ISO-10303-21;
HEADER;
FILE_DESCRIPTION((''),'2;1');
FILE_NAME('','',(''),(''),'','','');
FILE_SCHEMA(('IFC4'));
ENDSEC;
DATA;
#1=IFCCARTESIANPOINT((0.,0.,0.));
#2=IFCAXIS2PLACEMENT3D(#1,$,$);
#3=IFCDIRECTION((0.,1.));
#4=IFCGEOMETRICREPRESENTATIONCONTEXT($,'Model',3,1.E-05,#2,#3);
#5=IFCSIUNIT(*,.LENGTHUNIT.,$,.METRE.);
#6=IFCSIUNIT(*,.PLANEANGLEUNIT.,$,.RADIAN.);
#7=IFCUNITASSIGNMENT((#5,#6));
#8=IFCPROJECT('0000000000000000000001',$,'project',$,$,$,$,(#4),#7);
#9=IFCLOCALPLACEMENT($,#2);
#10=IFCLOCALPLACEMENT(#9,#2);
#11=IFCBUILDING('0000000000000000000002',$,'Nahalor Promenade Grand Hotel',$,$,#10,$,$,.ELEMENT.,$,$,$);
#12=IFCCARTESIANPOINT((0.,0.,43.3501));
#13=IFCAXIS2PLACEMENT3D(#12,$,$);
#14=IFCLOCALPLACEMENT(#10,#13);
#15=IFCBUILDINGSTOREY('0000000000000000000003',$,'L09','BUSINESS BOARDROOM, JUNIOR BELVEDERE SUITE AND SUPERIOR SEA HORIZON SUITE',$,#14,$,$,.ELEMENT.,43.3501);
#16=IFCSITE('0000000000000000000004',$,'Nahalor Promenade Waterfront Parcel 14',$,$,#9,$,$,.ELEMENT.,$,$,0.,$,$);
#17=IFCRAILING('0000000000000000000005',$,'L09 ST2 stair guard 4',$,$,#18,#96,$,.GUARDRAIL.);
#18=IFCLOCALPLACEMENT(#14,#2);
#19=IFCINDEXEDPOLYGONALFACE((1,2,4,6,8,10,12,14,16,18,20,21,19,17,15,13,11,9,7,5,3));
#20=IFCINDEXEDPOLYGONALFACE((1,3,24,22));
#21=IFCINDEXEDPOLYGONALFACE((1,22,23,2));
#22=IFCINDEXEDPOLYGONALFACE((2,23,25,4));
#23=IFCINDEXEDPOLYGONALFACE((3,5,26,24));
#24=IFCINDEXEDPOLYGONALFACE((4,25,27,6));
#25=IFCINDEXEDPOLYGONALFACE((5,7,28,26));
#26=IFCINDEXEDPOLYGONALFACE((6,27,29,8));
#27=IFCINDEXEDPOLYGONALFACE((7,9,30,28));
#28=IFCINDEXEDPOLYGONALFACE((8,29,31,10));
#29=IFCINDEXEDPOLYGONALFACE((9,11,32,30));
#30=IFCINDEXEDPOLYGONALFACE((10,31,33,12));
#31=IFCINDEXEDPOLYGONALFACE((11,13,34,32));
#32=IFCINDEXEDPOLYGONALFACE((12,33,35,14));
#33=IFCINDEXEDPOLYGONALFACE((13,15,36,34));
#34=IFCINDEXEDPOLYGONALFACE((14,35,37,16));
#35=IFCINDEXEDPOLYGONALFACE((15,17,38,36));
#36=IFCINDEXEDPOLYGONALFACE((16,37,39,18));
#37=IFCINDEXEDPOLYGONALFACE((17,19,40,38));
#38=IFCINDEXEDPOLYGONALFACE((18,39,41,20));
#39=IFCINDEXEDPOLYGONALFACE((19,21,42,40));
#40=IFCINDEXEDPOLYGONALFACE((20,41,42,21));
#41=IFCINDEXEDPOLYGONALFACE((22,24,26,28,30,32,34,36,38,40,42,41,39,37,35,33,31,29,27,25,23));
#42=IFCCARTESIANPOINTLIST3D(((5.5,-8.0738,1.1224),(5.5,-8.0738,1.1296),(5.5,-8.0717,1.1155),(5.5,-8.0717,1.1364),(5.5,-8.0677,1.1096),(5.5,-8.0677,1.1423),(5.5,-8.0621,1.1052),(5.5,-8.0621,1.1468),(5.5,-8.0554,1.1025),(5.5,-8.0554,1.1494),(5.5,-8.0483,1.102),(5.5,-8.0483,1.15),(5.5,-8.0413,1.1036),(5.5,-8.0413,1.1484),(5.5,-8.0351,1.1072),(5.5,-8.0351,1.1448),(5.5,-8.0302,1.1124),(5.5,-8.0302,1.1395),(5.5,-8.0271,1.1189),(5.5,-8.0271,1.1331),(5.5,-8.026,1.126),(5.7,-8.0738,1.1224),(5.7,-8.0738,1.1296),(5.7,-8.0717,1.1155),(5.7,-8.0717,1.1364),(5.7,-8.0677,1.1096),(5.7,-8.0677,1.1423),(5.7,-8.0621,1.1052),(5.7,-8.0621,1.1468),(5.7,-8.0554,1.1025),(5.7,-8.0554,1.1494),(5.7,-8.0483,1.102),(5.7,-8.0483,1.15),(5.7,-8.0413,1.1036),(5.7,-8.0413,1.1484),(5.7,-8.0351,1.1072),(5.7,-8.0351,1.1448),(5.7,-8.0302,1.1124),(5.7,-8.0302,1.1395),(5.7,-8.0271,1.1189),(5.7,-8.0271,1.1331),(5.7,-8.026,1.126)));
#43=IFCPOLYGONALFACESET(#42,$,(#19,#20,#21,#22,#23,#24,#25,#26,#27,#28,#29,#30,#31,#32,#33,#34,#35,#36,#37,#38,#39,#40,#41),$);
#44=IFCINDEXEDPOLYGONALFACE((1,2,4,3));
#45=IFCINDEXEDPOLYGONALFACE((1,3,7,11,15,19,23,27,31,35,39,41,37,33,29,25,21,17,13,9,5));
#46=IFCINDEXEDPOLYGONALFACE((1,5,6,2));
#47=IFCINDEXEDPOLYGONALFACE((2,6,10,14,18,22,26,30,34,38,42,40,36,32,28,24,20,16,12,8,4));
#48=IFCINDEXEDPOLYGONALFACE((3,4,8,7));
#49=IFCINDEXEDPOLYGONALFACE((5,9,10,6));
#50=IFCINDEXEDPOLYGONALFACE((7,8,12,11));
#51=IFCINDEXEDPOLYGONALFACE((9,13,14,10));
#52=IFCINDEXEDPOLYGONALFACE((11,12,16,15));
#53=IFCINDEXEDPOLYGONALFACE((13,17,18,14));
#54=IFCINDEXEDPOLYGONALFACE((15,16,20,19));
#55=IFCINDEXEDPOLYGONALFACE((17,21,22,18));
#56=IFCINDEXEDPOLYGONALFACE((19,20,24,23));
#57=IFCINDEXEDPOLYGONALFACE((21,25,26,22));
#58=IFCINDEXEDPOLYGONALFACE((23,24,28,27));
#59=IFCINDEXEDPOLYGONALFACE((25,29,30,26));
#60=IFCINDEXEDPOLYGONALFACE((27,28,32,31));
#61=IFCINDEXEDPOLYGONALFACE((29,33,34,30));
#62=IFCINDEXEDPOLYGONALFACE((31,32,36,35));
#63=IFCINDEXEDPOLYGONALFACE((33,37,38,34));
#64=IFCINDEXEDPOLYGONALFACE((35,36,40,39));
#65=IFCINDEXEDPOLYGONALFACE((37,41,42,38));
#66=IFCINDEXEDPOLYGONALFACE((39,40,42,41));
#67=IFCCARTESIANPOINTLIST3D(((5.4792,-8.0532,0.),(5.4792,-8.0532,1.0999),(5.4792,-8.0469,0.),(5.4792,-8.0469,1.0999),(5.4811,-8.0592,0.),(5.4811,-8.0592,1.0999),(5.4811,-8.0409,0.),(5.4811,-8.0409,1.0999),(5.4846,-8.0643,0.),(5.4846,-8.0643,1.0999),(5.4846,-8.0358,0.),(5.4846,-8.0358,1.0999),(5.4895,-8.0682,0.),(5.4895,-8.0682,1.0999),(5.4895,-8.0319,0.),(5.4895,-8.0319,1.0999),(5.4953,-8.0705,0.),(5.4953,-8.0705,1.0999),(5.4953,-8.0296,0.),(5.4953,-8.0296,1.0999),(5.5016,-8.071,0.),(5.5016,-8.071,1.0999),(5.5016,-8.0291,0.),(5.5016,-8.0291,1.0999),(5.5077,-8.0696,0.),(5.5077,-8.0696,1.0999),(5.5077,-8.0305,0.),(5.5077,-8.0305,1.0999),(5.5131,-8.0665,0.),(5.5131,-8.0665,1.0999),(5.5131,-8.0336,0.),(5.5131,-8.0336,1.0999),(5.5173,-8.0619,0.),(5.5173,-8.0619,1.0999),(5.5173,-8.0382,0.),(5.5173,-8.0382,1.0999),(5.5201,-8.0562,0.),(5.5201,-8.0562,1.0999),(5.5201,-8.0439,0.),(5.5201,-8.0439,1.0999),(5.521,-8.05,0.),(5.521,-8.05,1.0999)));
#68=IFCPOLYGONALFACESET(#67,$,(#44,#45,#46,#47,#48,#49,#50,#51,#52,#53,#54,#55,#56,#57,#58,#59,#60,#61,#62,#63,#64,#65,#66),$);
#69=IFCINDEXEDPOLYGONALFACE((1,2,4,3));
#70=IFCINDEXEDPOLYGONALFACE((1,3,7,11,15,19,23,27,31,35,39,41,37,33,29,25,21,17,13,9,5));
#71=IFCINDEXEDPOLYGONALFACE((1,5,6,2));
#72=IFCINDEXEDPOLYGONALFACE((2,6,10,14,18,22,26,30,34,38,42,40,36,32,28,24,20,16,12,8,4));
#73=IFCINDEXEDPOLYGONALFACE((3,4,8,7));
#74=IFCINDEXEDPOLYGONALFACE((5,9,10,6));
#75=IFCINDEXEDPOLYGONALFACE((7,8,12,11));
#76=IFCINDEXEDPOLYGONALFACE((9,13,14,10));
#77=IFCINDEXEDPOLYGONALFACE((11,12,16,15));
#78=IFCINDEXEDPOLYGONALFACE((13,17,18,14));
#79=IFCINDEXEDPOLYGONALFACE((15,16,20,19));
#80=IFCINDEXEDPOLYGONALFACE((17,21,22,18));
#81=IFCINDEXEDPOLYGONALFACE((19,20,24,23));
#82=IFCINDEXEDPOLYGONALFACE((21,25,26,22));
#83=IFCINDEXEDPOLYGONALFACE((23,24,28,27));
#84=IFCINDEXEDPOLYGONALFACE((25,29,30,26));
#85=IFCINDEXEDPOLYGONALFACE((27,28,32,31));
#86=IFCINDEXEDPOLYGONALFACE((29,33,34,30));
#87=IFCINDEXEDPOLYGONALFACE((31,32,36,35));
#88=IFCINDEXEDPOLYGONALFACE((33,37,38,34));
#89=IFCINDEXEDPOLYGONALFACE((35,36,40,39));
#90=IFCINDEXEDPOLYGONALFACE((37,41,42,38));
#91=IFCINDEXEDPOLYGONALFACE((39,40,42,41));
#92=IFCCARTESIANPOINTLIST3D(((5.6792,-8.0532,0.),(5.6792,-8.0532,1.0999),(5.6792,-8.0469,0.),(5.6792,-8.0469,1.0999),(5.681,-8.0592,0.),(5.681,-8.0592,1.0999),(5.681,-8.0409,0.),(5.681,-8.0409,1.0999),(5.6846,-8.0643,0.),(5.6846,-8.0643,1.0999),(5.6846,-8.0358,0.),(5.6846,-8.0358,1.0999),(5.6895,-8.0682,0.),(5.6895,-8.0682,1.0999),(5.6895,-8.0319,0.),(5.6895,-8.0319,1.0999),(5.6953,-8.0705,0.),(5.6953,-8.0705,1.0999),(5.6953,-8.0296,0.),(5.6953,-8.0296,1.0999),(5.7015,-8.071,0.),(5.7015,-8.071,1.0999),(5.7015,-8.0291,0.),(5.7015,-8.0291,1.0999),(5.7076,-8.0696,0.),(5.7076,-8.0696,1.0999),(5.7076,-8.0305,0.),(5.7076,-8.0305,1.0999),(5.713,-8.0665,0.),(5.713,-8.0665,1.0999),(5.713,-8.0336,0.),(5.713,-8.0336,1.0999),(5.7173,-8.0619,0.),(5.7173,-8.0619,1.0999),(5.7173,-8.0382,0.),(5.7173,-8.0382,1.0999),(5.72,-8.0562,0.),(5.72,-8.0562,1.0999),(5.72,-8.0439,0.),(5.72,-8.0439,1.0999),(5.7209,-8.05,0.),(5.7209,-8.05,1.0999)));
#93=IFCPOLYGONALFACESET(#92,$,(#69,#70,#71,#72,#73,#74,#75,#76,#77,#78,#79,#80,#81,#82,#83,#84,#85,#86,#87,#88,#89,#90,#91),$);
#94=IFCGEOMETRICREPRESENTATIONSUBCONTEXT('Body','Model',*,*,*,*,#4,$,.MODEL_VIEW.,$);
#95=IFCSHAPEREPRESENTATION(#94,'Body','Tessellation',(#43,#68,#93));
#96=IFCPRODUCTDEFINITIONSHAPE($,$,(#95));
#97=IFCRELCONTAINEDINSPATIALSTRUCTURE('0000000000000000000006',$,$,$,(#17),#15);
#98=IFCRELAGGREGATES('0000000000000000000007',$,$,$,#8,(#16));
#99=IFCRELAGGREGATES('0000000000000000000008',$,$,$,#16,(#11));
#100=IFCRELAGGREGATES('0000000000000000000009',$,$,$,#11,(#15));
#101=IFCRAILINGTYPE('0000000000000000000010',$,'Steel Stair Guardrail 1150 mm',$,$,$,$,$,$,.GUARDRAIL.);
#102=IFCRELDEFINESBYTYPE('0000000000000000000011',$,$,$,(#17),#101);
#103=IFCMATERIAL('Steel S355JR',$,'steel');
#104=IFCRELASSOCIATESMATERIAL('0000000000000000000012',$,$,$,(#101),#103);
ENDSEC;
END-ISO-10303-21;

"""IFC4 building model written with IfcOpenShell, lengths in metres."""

from ifc_helpers import new_model, si_unit, direction, frame, origin, origin_2d, place, context, subcontext, project, spatial, circle, extrude, material, type_object, element, save


model = new_model("IFC4")

# Units and contexts
model_context = context("Model", 3, precision=1e-05, world=origin(), true_north=direction((0.0, 1.0)))
body_context = subcontext(model_context, "Body", "Model", "MODEL_VIEW")
ifc_project = project(units=[si_unit("LENGTHUNIT", "METRE"), si_unit("PLANEANGLEUNIT", "RADIAN")], contexts=[model_context])

# Site, building, storey
site_placement = place(None, origin())
site = spatial("IfcSite", under=ifc_project, at=site_placement, Name="Nahalor Promenade Waterfront Parcel 14", CompositionType="ELEMENT", RefElevation=0.0)
building_placement = place(site_placement, origin())
building = spatial("IfcBuilding", under=site, at=building_placement, Name="Nahalor Promenade Grand Hotel", CompositionType="ELEMENT")
storey_placement = place(building_placement, frame((0.0, 0.0, 43.3501)))
storey = spatial("IfcBuildingStorey", under=building, at=storey_placement, Name="L09", Description="BUSINESS BOARDROOM, JUNIOR BELVEDERE SUITE AND SUPERIOR SEA HORIZON SUITE", CompositionType="ELEMENT", Elevation=43.3501)

# Shared definitions
ifc_material_1 = material(Name="Steel S355JR", Category="steel")

# Railing
railing_type_1 = type_object("IfcRailingType", Name="Steel Stair Guardrail 1150 mm", PredefinedType="GUARDRAIL", material=ifc_material_1)
railing_1_placement = place(storey_placement, frame((5.5, -8.05, 0.0)))
element("IfcRailing", 1, at=railing_1_placement, inside=storey, type_object=railing_type_1, Name="L09 ST2 stair guard 4", PredefinedType="GUARDRAIL", context=body_context, shape_type="SweptSolid", body=[
    extrude(circle(Radius=0.024, at=origin_2d()), frame((0.0, 0.0, 1.126), z_axis=(1.0, 0.0, 0.0), x_axis=(0.0, 1.0, 0.0)), (0.0, 0.0, 1.0), 0.2),
    extrude(circle(Radius=0.021, at=origin_2d()), origin(), (0.0, 0.0, 1.0), 1.0999),
    extrude(circle(Radius=0.021, at=origin_2d()), frame((0.2, 0.0, 0.0)), (0.0, 0.0, 1.0), 1.0999),
])

save(model, "model.ifc")
